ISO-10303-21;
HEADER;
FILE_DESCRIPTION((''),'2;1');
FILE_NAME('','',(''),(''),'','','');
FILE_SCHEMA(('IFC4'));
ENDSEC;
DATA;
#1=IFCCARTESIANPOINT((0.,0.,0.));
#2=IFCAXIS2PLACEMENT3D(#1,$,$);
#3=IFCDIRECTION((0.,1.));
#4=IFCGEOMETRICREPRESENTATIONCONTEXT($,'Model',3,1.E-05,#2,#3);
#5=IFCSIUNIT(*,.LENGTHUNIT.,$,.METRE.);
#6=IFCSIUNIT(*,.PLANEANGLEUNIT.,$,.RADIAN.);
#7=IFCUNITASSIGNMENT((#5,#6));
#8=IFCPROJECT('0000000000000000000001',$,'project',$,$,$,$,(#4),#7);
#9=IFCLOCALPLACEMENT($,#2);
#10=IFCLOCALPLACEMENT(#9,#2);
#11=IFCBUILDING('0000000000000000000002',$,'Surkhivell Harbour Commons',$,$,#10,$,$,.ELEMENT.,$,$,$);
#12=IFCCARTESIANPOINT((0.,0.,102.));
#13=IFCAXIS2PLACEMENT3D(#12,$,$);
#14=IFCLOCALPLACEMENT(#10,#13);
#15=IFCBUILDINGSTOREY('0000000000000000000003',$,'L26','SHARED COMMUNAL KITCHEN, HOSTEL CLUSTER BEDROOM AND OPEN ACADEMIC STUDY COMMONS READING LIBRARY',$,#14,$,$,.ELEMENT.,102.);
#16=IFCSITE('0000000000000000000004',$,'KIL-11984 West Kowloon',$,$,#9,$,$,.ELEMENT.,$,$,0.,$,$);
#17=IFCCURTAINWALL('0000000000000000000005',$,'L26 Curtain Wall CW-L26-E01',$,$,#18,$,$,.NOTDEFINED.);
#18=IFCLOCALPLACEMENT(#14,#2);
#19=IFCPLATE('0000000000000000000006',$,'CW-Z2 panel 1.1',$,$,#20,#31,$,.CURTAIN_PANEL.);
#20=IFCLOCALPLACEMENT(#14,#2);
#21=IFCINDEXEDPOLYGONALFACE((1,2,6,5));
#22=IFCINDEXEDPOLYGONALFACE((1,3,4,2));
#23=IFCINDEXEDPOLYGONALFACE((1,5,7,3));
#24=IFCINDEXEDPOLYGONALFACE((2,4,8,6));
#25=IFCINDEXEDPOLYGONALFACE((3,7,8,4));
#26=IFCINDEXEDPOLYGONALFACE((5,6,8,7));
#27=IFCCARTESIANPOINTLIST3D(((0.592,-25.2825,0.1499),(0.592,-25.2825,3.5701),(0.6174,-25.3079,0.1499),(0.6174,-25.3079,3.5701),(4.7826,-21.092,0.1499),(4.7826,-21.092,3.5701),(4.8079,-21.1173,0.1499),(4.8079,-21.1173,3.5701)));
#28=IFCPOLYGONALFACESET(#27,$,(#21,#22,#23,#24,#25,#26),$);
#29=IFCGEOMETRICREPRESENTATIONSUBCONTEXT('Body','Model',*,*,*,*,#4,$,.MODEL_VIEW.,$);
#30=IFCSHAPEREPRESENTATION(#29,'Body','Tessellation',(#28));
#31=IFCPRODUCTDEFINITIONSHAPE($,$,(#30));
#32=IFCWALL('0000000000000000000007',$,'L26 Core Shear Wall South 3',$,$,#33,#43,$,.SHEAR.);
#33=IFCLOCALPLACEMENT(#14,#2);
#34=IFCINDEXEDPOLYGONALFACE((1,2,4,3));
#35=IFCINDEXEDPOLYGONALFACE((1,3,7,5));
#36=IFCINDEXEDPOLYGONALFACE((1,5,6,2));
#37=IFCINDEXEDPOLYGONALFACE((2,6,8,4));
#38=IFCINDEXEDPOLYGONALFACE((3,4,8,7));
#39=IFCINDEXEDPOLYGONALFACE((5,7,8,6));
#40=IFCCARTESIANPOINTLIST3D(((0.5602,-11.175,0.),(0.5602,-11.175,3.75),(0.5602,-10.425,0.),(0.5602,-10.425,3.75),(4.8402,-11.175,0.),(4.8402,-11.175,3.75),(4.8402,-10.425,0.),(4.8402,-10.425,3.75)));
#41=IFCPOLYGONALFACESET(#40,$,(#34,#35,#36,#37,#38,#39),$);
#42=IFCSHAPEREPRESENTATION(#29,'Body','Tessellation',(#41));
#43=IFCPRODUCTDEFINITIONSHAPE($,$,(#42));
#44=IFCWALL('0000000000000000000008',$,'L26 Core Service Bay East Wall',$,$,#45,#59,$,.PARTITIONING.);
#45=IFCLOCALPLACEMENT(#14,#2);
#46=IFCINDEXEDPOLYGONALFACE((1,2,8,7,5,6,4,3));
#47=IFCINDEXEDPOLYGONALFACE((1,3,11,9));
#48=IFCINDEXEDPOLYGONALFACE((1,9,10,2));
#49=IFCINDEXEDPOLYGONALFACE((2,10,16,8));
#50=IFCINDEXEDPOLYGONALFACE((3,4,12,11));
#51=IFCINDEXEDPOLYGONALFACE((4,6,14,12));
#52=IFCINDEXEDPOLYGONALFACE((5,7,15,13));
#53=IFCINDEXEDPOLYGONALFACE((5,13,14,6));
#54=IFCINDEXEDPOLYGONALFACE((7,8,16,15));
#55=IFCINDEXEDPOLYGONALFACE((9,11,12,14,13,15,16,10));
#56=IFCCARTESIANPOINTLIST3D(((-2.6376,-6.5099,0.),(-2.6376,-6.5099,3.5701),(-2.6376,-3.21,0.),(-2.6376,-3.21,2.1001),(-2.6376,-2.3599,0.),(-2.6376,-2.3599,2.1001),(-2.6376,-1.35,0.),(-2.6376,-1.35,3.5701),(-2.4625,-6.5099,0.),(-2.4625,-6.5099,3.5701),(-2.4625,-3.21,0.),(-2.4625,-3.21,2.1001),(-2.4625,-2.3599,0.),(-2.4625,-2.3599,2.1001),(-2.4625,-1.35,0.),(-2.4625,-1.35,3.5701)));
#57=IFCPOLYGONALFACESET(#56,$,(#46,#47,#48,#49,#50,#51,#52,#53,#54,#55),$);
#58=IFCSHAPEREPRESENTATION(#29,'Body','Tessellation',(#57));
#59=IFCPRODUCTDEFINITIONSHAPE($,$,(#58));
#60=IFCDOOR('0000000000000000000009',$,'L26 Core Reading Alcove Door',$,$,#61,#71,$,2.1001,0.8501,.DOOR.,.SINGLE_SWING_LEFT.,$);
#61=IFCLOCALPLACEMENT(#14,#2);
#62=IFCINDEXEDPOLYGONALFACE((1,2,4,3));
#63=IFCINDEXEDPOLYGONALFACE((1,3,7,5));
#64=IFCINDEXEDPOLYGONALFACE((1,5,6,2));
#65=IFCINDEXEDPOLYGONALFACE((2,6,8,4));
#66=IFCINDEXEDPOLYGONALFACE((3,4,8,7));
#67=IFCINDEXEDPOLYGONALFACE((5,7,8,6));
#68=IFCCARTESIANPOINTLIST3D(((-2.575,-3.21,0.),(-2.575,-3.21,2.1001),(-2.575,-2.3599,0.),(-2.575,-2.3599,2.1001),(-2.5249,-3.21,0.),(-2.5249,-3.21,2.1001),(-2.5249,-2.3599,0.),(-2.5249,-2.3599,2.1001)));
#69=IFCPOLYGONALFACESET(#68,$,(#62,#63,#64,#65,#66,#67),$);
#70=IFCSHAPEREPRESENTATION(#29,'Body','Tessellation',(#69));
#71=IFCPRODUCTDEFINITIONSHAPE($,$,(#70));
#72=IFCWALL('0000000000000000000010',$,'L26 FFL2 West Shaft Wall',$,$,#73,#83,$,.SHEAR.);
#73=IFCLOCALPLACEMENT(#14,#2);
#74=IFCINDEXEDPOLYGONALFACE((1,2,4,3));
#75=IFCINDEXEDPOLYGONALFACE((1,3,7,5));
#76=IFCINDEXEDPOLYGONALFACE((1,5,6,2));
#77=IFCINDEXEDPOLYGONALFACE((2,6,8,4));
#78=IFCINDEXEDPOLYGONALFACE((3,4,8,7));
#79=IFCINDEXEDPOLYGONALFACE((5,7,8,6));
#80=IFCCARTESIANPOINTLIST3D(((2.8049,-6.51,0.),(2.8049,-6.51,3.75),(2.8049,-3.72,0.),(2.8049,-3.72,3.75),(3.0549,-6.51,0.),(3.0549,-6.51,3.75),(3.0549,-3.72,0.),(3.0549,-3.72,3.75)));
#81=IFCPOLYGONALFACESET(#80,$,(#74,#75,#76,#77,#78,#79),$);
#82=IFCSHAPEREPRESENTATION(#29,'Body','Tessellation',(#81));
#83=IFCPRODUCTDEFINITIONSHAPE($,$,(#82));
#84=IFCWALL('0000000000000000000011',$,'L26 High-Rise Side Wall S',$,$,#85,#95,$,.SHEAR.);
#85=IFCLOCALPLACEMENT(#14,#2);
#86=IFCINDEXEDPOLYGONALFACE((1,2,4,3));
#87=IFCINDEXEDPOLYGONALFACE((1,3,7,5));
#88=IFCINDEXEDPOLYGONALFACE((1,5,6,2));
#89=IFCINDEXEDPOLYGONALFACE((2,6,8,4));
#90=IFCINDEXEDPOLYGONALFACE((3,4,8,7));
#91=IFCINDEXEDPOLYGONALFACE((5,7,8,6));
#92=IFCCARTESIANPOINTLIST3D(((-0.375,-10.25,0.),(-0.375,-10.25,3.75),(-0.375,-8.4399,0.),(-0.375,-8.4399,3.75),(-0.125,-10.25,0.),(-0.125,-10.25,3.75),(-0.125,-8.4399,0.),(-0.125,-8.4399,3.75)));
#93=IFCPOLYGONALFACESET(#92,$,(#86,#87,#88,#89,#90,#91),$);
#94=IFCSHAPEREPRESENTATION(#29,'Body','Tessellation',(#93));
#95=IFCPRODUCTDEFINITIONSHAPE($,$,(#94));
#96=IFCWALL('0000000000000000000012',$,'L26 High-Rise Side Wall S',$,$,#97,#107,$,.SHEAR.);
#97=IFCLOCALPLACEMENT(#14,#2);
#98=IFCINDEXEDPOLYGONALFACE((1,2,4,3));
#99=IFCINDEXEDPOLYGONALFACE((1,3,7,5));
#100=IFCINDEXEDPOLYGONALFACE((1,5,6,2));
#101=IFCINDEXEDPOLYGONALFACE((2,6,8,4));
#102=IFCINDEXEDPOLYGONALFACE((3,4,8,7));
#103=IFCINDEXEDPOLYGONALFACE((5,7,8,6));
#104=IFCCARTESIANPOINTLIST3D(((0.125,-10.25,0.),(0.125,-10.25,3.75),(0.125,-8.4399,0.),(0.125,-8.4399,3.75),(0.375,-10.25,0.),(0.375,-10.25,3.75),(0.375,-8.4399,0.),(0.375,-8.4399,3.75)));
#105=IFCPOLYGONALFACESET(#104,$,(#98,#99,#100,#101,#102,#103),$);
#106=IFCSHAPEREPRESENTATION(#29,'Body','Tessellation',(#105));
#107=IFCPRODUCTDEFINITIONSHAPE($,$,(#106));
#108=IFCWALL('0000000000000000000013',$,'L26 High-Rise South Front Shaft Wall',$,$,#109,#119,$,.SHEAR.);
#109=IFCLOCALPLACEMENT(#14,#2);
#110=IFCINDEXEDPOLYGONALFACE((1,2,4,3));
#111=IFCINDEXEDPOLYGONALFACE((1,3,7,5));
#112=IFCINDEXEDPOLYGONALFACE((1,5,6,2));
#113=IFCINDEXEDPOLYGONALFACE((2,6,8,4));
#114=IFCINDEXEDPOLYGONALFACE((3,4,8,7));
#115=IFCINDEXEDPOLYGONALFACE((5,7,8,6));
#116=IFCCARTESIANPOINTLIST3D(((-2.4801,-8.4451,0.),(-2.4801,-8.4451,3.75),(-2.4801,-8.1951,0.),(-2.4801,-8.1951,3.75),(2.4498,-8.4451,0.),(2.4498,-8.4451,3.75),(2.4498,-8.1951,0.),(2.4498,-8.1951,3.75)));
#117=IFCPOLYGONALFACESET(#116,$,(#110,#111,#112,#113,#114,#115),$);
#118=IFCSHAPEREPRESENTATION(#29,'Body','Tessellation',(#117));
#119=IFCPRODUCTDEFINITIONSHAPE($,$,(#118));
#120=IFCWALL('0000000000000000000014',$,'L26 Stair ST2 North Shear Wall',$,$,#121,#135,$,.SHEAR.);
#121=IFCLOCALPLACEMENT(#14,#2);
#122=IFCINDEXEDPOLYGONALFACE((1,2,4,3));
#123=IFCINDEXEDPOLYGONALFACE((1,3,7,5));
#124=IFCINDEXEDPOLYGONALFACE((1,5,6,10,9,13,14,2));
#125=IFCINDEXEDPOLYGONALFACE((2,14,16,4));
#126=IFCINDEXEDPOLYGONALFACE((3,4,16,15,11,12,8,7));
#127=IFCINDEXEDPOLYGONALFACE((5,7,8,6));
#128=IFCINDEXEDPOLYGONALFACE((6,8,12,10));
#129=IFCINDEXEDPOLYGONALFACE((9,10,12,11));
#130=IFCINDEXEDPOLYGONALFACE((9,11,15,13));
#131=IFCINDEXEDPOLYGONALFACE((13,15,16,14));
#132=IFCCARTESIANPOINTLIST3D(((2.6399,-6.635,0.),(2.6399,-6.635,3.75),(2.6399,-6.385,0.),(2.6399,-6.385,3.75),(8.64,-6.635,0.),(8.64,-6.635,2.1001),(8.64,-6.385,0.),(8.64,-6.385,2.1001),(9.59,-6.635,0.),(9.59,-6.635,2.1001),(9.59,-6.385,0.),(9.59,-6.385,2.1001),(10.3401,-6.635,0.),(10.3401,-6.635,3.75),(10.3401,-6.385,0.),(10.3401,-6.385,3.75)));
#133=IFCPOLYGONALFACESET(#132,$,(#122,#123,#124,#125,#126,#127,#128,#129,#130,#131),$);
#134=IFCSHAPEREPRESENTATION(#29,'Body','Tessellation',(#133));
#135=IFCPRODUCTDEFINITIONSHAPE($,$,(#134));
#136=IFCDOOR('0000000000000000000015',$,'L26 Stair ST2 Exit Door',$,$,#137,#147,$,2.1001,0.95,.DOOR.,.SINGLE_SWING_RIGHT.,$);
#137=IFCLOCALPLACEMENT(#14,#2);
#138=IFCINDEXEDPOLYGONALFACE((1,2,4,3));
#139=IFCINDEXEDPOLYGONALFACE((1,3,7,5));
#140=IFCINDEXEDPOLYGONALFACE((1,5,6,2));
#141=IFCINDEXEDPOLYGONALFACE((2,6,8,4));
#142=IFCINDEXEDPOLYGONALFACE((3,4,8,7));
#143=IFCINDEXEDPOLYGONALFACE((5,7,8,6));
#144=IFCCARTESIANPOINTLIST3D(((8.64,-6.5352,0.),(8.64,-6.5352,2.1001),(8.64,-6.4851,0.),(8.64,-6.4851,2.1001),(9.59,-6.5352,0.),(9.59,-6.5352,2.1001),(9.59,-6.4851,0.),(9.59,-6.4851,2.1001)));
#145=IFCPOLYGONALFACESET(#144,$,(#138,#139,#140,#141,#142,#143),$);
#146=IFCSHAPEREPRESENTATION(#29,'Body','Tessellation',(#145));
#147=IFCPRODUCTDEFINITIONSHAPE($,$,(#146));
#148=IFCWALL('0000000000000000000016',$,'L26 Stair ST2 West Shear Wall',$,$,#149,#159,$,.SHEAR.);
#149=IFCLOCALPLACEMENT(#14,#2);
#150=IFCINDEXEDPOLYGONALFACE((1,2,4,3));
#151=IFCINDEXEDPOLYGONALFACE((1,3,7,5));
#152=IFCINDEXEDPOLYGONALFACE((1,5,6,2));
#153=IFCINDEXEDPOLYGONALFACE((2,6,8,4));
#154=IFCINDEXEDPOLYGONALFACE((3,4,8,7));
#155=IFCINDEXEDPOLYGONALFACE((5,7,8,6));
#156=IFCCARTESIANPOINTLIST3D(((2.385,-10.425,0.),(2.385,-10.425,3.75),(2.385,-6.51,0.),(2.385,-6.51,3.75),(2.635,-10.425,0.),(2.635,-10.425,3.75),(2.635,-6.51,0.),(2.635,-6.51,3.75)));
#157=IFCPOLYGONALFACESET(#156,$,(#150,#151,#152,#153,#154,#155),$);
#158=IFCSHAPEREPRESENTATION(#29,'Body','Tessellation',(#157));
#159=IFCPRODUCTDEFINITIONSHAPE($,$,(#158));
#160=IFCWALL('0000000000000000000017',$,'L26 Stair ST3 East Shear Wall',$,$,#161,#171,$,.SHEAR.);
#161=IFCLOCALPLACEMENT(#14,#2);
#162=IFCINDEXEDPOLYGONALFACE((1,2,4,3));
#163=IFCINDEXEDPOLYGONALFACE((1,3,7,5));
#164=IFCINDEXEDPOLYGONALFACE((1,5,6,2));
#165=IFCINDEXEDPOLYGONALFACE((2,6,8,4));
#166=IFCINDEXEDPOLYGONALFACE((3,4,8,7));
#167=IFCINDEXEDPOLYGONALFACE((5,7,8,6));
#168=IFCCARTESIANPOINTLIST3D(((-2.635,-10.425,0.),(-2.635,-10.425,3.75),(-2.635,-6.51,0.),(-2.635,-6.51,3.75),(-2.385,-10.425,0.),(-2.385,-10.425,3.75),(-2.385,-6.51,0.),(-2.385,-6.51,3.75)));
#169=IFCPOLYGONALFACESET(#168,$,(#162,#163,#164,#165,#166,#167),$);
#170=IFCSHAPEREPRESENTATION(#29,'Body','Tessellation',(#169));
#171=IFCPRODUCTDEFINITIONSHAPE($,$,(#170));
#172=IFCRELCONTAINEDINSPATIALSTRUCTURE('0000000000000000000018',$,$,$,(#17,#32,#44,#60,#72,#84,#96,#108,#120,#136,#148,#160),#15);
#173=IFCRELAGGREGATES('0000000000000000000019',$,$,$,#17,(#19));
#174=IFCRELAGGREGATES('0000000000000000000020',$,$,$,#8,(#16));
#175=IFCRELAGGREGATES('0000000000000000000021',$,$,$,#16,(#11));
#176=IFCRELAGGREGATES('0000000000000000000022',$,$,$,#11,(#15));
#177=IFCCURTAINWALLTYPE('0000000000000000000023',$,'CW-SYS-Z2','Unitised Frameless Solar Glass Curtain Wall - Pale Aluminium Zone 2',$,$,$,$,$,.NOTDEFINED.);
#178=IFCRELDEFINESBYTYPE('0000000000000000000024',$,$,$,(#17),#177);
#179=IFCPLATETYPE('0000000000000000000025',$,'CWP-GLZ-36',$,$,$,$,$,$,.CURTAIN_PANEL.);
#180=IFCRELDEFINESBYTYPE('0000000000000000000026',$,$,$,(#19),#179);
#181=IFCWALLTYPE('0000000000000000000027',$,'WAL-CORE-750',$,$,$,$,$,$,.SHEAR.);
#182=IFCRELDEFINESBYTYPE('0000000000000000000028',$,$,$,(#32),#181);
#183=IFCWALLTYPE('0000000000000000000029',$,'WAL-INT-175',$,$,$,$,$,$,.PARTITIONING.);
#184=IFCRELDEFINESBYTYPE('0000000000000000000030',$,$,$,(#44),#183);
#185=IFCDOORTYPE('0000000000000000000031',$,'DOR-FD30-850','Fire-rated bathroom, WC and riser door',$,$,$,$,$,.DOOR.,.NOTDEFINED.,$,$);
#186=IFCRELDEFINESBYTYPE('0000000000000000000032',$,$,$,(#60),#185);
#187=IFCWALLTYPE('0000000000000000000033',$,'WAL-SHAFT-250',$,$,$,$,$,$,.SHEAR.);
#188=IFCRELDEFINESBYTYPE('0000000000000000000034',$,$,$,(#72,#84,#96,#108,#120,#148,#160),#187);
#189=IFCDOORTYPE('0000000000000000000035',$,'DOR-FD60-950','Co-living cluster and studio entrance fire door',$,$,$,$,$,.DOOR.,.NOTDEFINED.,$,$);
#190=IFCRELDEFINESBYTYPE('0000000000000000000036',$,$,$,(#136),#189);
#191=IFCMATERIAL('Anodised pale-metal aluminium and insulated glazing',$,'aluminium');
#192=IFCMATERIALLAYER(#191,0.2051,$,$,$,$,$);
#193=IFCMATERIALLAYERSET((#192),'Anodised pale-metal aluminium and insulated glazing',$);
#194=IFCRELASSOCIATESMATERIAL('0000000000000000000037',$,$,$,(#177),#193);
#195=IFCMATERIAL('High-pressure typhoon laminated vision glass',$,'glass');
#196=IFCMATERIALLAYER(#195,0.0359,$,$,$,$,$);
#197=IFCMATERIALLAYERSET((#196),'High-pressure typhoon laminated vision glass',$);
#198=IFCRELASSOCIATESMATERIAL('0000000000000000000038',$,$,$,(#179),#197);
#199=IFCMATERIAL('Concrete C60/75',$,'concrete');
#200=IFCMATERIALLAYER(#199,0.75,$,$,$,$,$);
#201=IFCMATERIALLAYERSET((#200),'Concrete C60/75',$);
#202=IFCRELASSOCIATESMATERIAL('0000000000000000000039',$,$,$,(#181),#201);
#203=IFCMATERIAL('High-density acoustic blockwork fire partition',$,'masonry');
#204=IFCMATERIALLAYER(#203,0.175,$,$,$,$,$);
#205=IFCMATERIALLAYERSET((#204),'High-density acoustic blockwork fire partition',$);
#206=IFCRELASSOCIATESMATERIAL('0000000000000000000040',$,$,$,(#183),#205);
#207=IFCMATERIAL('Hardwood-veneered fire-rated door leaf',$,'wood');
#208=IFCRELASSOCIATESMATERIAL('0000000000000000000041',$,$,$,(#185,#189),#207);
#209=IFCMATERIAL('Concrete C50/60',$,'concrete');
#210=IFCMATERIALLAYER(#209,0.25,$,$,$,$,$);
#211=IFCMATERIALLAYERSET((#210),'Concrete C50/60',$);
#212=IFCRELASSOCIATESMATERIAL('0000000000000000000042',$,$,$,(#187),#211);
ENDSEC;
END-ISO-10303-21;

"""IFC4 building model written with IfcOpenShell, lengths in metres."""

from ifc_helpers import new_model, si_unit, direction, frame, frame_2d, origin, place, context, subcontext, project, spatial, rectangle, extrude, material, layer, layer_set, type_object, element, fill, aggregate, save


model = new_model("IFC4")

# Units and contexts
model_context = context("Model", 3, precision=1e-05, world=origin(), true_north=direction((0.0, 1.0)))
body_context = subcontext(model_context, "Body", "Model", "MODEL_VIEW")
ifc_project = project(units=[si_unit("LENGTHUNIT", "METRE"), si_unit("PLANEANGLEUNIT", "RADIAN")], contexts=[model_context])

# Site, building, storey
site_placement = place(None, origin())
site = spatial("IfcSite", under=ifc_project, at=site_placement, Name="KIL-11984 West Kowloon", CompositionType="ELEMENT", RefElevation=0.0)
building_placement = place(site_placement, origin())
building = spatial("IfcBuilding", under=site, at=building_placement, Name="Surkhivell Harbour Commons", CompositionType="ELEMENT")
storey_placement = place(building_placement, frame((0.0, 0.0, 102.0)))
storey = spatial("IfcBuildingStorey", under=building, at=storey_placement, Name="L26", Description="SHARED COMMUNAL KITCHEN, HOSTEL CLUSTER BEDROOM AND OPEN ACADEMIC STUDY COMMONS READING LIBRARY", CompositionType="ELEMENT", Elevation=102.0)

# Shared definitions
ifc_material_1 = material(Name="Concrete C60/75", Category="concrete")

# Shared definitions
ifc_material_2 = material(Name="Anodised pale-metal aluminium and insulated glazing", Category="aluminium")
ifc_layer_1 = layer(ifc_material_2, 0.2051)
ifc_layer_set_1 = layer_set([ifc_layer_1], Name="Anodised pale-metal aluminium and insulated glazing")
curtain_wall_type = type_object("IfcCurtainWallType", Name="CW-SYS-Z2", Description="Unitised Frameless Solar Glass Curtain Wall - Pale Aluminium Zone 2", PredefinedType="NOTDEFINED", material=ifc_layer_set_1)

# Curtain wall
curtain_wall_1_placement = place(storey_placement, origin())
curtain_wall_1 = element("IfcCurtainWall", 1, at=curtain_wall_1_placement, inside=storey, type_object=curtain_wall_type, Name="L26 Curtain Wall CW-L26-E01", PredefinedType="NOTDEFINED")

# Plate
ifc_material_3 = material(Name="High-pressure typhoon laminated vision glass", Category="glass")
ifc_layer_2 = layer(ifc_material_3, 0.0359)
ifc_layer_set_2 = layer_set([ifc_layer_2], Name="High-pressure typhoon laminated vision glass")
plate_type = type_object("IfcPlateType", Name="CWP-GLZ-36", PredefinedType="CURTAIN_PANEL", material=ifc_layer_set_2)
plate_1_placement = place(storey_placement, frame((0.6047, -25.2952, 0.1499), z_axis=(0.0, 0.0, 1.0), x_axis=(0.707107, 0.707107, 0.0)))
plate_1 = element("IfcPlate", 2, at=plate_1_placement, type_object=plate_type, Name="CW-Z2 panel 1.1", PredefinedType="CURTAIN_PANEL", context=body_context, shape_type="SweptSolid", body=[
    extrude(rectangle(XDim=5.9263, YDim=0.0359, at=frame_2d((2.9631, 0.0))), origin(), (0.0, 0.0, 1.0), 3.4202),
])
aggregate(curtain_wall_1, [plate_1])

# Wall
ifc_layer_3 = layer(ifc_material_1, 0.75)
ifc_layer_set_3 = layer_set([ifc_layer_3], Name="Concrete C60/75")
wall_type_1 = type_object("IfcWallType", Name="WAL-CORE-750", PredefinedType="SHEAR", material=ifc_layer_set_3)
wall_1_placement = place(storey_placement, frame((0.5601, -10.8, 0.0), z_axis=(0.0, 0.0, 1.0), x_axis=(1.0, 0.0, 0.0)))
element("IfcWall", 3, at=wall_1_placement, inside=storey, type_object=wall_type_1, Name="L26 Core Shear Wall South 3", PredefinedType="SHEAR", context=body_context, shape_type="SweptSolid", body=[
    extrude(rectangle(XDim=4.28, YDim=0.75, at=frame_2d((2.1401, 0.0))), origin(), (0.0, 0.0, 1.0), 3.75),
])

# Wall, opening, door
ifc_material_4 = material(Name="High-density acoustic blockwork fire partition", Category="masonry")
ifc_layer_4 = layer(ifc_material_4, 0.175)
ifc_layer_set_4 = layer_set([ifc_layer_4], Name="High-density acoustic blockwork fire partition")
wall_type_2 = type_object("IfcWallType", Name="WAL-INT-175", PredefinedType="PARTITIONING", material=ifc_layer_set_4)
wall_2_placement = place(storey_placement, frame((-2.55, -6.51, 0.0), z_axis=(0.0, 0.0, 1.0), x_axis=(0.0, 1.0, 0.0)))
wall_2 = element("IfcWall", 4, at=wall_2_placement, inside=storey, type_object=wall_type_2, Name="L26 Core Service Bay East Wall", PredefinedType="PARTITIONING", context=body_context, shape_type="SweptSolid", body=[
    extrude(rectangle(XDim=5.1599, YDim=0.175, at=frame_2d((2.5801, 0.0))), origin(), (0.0, 0.0, 1.0), 3.5701),
])
opening_1_placement = place(wall_2_placement, frame((3.3, 0.0, 0.0)))
opening_1 = element("IfcOpeningElement", 5, at=opening_1_placement, cuts=wall_2, PredefinedType="OPENING", context=body_context, shape_type="SweptSolid", body=[
    extrude(rectangle(XDim=0.8501, YDim=2.1001, at=frame_2d((0.425, 1.05))), frame((0.0, 0.0974, 0.0), z_axis=(0.0, -1.0, 0.0), x_axis=(1.0, 0.0, 0.0)), (0.0, 0.0, 1.0), 0.1951),
])
ifc_material_5 = material(Name="Hardwood-veneered fire-rated door leaf", Category="wood")
door_type_1 = type_object("IfcDoorType", Name="DOR-FD30-850", Description="Fire-rated bathroom, WC and riser door", OperationType="NOTDEFINED", PredefinedType="DOOR", material=ifc_material_5)
door_1_placement = place(opening_1_placement, origin())
door_1 = element("IfcDoor", 6, at=door_1_placement, inside=storey, type_object=door_type_1, Name="L26 Core Reading Alcove Door", OperationType="SINGLE_SWING_LEFT", OverallHeight=2.1001, OverallWidth=0.8501, PredefinedType="DOOR", context=body_context, shape_type="SweptSolid", body=[
    extrude(rectangle(XDim=0.8501, YDim=2.1001, at=frame_2d((0.425, 1.05))), frame((0.0, 0.0249, 0.0), z_axis=(0.0, -1.0, 0.0), x_axis=(1.0, 0.0, 0.0)), (0.0, 0.0, 1.0), 0.05),
])
fill(opening_1, door_1)

# Walls
ifc_material_6 = material(Name="Concrete C50/60", Category="concrete")
ifc_layer_5 = layer(ifc_material_6, 0.25)
ifc_layer_set_5 = layer_set([ifc_layer_5], Name="Concrete C50/60")
wall_type_3 = type_object("IfcWallType", Name="WAL-SHAFT-250", PredefinedType="SHEAR", material=ifc_layer_set_5)
wall_3_placement = place(storey_placement, frame((2.9299, -6.51, 0.0), z_axis=(0.0, 0.0, 1.0), x_axis=(0.0, 1.0, 0.0)))
element("IfcWall", 7, at=wall_3_placement, inside=storey, type_object=wall_type_3, Name="L26 FFL2 West Shaft Wall", PredefinedType="SHEAR", context=body_context, shape_type="SweptSolid", body=[
    extrude(rectangle(XDim=2.79, YDim=0.25, at=frame_2d((1.395, 0.0))), origin(), (0.0, 0.0, 1.0), 3.75),
])
for number, where, z_axis, x_axis, name in (
    (8, (-0.25, -10.25, 0.0), (0.0, 0.0, 1.0), (0.0, 1.0, 0.0), "L26 High-Rise Side Wall S"),
    (9, (0.25, -10.25, 0.0), (0.0, 0.0, 1.0), (0.0, 1.0, 0.0), "L26 High-Rise Side Wall S"),
):
    element("IfcWall", number, at=place(storey_placement, frame(where, z_axis=z_axis, x_axis=x_axis)), inside=storey, type_object=wall_type_3, Name=name, PredefinedType="SHEAR", context=body_context, shape_type="SweptSolid", body=[
        extrude(rectangle(XDim=1.8101, YDim=0.25, at=frame_2d((0.905, 0.0))), origin(), (0.0, 0.0, 1.0), 3.75),
    ])
wall_4_placement = place(storey_placement, frame((-2.48, -8.3201, 0.0), z_axis=(0.0, 0.0, 1.0), x_axis=(1.0, 0.0, 0.0)))
element("IfcWall", 10, at=wall_4_placement, inside=storey, type_object=wall_type_3, Name="L26 High-Rise South Front Shaft Wall", PredefinedType="SHEAR", context=body_context, shape_type="SweptSolid", body=[
    extrude(rectangle(XDim=4.9299, YDim=0.25, at=frame_2d((2.4648, 0.0))), origin(), (0.0, 0.0, 1.0), 3.75),
])

# Wall, opening, door
wall_5_placement = place(storey_placement, frame((2.6399, -6.51, 0.0), z_axis=(0.0, 0.0, 1.0), x_axis=(1.0, 0.0, 0.0)))
wall_5 = element("IfcWall", 11, at=wall_5_placement, inside=storey, type_object=wall_type_3, Name="L26 Stair ST2 North Shear Wall", PredefinedType="SHEAR", context=body_context, shape_type="SweptSolid", body=[
    extrude(rectangle(XDim=7.7002, YDim=0.25, at=frame_2d((3.8501, 0.0))), origin(), (0.0, 0.0, 1.0), 3.75),
])
opening_2_placement = place(wall_5_placement, frame((6.0, 0.0, 0.0)))
opening_2 = element("IfcOpeningElement", 12, at=opening_2_placement, cuts=wall_5, PredefinedType="OPENING", context=body_context, shape_type="SweptSolid", body=[
    extrude(rectangle(XDim=0.95, YDim=2.1001, at=frame_2d((0.4751, 1.05))), frame((0.0, 0.135, 0.0), z_axis=(0.0, -1.0, 0.0), x_axis=(1.0, 0.0, 0.0)), (0.0, 0.0, 1.0), 0.27),
])
door_type_2 = type_object("IfcDoorType", Name="DOR-FD60-950", Description="Co-living cluster and studio entrance fire door", OperationType="NOTDEFINED", PredefinedType="DOOR", material=ifc_material_5)
door_2_placement = place(opening_2_placement, origin())
door_2 = element("IfcDoor", 13, at=door_2_placement, inside=storey, type_object=door_type_2, Name="L26 Stair ST2 Exit Door", OperationType="SINGLE_SWING_RIGHT", OverallHeight=2.1001, OverallWidth=0.95, PredefinedType="DOOR", context=body_context, shape_type="SweptSolid", body=[
    extrude(rectangle(XDim=0.95, YDim=2.1001, at=frame_2d((0.4751, 1.05))), frame((0.0, 0.0249, 0.0), z_axis=(0.0, -1.0, 0.0), x_axis=(1.0, 0.0, 0.0)), (0.0, 0.0, 1.0), 0.05),
])
fill(opening_2, door_2)

# Walls
for number, where, z_axis, x_axis, name in (
    (14, (2.51, -10.425, 0.0), (0.0, 0.0, 1.0), (0.0, 1.0, 0.0), "L26 Stair ST2 West Shear Wall"),
    (15, (-2.51, -10.425, 0.0), (0.0, 0.0, 1.0), (0.0, 1.0, 0.0), "L26 Stair ST3 East Shear Wall"),
):
    element("IfcWall", number, at=place(storey_placement, frame(where, z_axis=z_axis, x_axis=x_axis)), inside=storey, type_object=wall_type_3, Name=name, PredefinedType="SHEAR", context=body_context, shape_type="SweptSolid", body=[
        extrude(rectangle(XDim=3.915, YDim=0.25, at=frame_2d((1.9575, 0.0))), origin(), (0.0, 0.0, 1.0), 3.75),
    ])

save(model, "model.ifc")
